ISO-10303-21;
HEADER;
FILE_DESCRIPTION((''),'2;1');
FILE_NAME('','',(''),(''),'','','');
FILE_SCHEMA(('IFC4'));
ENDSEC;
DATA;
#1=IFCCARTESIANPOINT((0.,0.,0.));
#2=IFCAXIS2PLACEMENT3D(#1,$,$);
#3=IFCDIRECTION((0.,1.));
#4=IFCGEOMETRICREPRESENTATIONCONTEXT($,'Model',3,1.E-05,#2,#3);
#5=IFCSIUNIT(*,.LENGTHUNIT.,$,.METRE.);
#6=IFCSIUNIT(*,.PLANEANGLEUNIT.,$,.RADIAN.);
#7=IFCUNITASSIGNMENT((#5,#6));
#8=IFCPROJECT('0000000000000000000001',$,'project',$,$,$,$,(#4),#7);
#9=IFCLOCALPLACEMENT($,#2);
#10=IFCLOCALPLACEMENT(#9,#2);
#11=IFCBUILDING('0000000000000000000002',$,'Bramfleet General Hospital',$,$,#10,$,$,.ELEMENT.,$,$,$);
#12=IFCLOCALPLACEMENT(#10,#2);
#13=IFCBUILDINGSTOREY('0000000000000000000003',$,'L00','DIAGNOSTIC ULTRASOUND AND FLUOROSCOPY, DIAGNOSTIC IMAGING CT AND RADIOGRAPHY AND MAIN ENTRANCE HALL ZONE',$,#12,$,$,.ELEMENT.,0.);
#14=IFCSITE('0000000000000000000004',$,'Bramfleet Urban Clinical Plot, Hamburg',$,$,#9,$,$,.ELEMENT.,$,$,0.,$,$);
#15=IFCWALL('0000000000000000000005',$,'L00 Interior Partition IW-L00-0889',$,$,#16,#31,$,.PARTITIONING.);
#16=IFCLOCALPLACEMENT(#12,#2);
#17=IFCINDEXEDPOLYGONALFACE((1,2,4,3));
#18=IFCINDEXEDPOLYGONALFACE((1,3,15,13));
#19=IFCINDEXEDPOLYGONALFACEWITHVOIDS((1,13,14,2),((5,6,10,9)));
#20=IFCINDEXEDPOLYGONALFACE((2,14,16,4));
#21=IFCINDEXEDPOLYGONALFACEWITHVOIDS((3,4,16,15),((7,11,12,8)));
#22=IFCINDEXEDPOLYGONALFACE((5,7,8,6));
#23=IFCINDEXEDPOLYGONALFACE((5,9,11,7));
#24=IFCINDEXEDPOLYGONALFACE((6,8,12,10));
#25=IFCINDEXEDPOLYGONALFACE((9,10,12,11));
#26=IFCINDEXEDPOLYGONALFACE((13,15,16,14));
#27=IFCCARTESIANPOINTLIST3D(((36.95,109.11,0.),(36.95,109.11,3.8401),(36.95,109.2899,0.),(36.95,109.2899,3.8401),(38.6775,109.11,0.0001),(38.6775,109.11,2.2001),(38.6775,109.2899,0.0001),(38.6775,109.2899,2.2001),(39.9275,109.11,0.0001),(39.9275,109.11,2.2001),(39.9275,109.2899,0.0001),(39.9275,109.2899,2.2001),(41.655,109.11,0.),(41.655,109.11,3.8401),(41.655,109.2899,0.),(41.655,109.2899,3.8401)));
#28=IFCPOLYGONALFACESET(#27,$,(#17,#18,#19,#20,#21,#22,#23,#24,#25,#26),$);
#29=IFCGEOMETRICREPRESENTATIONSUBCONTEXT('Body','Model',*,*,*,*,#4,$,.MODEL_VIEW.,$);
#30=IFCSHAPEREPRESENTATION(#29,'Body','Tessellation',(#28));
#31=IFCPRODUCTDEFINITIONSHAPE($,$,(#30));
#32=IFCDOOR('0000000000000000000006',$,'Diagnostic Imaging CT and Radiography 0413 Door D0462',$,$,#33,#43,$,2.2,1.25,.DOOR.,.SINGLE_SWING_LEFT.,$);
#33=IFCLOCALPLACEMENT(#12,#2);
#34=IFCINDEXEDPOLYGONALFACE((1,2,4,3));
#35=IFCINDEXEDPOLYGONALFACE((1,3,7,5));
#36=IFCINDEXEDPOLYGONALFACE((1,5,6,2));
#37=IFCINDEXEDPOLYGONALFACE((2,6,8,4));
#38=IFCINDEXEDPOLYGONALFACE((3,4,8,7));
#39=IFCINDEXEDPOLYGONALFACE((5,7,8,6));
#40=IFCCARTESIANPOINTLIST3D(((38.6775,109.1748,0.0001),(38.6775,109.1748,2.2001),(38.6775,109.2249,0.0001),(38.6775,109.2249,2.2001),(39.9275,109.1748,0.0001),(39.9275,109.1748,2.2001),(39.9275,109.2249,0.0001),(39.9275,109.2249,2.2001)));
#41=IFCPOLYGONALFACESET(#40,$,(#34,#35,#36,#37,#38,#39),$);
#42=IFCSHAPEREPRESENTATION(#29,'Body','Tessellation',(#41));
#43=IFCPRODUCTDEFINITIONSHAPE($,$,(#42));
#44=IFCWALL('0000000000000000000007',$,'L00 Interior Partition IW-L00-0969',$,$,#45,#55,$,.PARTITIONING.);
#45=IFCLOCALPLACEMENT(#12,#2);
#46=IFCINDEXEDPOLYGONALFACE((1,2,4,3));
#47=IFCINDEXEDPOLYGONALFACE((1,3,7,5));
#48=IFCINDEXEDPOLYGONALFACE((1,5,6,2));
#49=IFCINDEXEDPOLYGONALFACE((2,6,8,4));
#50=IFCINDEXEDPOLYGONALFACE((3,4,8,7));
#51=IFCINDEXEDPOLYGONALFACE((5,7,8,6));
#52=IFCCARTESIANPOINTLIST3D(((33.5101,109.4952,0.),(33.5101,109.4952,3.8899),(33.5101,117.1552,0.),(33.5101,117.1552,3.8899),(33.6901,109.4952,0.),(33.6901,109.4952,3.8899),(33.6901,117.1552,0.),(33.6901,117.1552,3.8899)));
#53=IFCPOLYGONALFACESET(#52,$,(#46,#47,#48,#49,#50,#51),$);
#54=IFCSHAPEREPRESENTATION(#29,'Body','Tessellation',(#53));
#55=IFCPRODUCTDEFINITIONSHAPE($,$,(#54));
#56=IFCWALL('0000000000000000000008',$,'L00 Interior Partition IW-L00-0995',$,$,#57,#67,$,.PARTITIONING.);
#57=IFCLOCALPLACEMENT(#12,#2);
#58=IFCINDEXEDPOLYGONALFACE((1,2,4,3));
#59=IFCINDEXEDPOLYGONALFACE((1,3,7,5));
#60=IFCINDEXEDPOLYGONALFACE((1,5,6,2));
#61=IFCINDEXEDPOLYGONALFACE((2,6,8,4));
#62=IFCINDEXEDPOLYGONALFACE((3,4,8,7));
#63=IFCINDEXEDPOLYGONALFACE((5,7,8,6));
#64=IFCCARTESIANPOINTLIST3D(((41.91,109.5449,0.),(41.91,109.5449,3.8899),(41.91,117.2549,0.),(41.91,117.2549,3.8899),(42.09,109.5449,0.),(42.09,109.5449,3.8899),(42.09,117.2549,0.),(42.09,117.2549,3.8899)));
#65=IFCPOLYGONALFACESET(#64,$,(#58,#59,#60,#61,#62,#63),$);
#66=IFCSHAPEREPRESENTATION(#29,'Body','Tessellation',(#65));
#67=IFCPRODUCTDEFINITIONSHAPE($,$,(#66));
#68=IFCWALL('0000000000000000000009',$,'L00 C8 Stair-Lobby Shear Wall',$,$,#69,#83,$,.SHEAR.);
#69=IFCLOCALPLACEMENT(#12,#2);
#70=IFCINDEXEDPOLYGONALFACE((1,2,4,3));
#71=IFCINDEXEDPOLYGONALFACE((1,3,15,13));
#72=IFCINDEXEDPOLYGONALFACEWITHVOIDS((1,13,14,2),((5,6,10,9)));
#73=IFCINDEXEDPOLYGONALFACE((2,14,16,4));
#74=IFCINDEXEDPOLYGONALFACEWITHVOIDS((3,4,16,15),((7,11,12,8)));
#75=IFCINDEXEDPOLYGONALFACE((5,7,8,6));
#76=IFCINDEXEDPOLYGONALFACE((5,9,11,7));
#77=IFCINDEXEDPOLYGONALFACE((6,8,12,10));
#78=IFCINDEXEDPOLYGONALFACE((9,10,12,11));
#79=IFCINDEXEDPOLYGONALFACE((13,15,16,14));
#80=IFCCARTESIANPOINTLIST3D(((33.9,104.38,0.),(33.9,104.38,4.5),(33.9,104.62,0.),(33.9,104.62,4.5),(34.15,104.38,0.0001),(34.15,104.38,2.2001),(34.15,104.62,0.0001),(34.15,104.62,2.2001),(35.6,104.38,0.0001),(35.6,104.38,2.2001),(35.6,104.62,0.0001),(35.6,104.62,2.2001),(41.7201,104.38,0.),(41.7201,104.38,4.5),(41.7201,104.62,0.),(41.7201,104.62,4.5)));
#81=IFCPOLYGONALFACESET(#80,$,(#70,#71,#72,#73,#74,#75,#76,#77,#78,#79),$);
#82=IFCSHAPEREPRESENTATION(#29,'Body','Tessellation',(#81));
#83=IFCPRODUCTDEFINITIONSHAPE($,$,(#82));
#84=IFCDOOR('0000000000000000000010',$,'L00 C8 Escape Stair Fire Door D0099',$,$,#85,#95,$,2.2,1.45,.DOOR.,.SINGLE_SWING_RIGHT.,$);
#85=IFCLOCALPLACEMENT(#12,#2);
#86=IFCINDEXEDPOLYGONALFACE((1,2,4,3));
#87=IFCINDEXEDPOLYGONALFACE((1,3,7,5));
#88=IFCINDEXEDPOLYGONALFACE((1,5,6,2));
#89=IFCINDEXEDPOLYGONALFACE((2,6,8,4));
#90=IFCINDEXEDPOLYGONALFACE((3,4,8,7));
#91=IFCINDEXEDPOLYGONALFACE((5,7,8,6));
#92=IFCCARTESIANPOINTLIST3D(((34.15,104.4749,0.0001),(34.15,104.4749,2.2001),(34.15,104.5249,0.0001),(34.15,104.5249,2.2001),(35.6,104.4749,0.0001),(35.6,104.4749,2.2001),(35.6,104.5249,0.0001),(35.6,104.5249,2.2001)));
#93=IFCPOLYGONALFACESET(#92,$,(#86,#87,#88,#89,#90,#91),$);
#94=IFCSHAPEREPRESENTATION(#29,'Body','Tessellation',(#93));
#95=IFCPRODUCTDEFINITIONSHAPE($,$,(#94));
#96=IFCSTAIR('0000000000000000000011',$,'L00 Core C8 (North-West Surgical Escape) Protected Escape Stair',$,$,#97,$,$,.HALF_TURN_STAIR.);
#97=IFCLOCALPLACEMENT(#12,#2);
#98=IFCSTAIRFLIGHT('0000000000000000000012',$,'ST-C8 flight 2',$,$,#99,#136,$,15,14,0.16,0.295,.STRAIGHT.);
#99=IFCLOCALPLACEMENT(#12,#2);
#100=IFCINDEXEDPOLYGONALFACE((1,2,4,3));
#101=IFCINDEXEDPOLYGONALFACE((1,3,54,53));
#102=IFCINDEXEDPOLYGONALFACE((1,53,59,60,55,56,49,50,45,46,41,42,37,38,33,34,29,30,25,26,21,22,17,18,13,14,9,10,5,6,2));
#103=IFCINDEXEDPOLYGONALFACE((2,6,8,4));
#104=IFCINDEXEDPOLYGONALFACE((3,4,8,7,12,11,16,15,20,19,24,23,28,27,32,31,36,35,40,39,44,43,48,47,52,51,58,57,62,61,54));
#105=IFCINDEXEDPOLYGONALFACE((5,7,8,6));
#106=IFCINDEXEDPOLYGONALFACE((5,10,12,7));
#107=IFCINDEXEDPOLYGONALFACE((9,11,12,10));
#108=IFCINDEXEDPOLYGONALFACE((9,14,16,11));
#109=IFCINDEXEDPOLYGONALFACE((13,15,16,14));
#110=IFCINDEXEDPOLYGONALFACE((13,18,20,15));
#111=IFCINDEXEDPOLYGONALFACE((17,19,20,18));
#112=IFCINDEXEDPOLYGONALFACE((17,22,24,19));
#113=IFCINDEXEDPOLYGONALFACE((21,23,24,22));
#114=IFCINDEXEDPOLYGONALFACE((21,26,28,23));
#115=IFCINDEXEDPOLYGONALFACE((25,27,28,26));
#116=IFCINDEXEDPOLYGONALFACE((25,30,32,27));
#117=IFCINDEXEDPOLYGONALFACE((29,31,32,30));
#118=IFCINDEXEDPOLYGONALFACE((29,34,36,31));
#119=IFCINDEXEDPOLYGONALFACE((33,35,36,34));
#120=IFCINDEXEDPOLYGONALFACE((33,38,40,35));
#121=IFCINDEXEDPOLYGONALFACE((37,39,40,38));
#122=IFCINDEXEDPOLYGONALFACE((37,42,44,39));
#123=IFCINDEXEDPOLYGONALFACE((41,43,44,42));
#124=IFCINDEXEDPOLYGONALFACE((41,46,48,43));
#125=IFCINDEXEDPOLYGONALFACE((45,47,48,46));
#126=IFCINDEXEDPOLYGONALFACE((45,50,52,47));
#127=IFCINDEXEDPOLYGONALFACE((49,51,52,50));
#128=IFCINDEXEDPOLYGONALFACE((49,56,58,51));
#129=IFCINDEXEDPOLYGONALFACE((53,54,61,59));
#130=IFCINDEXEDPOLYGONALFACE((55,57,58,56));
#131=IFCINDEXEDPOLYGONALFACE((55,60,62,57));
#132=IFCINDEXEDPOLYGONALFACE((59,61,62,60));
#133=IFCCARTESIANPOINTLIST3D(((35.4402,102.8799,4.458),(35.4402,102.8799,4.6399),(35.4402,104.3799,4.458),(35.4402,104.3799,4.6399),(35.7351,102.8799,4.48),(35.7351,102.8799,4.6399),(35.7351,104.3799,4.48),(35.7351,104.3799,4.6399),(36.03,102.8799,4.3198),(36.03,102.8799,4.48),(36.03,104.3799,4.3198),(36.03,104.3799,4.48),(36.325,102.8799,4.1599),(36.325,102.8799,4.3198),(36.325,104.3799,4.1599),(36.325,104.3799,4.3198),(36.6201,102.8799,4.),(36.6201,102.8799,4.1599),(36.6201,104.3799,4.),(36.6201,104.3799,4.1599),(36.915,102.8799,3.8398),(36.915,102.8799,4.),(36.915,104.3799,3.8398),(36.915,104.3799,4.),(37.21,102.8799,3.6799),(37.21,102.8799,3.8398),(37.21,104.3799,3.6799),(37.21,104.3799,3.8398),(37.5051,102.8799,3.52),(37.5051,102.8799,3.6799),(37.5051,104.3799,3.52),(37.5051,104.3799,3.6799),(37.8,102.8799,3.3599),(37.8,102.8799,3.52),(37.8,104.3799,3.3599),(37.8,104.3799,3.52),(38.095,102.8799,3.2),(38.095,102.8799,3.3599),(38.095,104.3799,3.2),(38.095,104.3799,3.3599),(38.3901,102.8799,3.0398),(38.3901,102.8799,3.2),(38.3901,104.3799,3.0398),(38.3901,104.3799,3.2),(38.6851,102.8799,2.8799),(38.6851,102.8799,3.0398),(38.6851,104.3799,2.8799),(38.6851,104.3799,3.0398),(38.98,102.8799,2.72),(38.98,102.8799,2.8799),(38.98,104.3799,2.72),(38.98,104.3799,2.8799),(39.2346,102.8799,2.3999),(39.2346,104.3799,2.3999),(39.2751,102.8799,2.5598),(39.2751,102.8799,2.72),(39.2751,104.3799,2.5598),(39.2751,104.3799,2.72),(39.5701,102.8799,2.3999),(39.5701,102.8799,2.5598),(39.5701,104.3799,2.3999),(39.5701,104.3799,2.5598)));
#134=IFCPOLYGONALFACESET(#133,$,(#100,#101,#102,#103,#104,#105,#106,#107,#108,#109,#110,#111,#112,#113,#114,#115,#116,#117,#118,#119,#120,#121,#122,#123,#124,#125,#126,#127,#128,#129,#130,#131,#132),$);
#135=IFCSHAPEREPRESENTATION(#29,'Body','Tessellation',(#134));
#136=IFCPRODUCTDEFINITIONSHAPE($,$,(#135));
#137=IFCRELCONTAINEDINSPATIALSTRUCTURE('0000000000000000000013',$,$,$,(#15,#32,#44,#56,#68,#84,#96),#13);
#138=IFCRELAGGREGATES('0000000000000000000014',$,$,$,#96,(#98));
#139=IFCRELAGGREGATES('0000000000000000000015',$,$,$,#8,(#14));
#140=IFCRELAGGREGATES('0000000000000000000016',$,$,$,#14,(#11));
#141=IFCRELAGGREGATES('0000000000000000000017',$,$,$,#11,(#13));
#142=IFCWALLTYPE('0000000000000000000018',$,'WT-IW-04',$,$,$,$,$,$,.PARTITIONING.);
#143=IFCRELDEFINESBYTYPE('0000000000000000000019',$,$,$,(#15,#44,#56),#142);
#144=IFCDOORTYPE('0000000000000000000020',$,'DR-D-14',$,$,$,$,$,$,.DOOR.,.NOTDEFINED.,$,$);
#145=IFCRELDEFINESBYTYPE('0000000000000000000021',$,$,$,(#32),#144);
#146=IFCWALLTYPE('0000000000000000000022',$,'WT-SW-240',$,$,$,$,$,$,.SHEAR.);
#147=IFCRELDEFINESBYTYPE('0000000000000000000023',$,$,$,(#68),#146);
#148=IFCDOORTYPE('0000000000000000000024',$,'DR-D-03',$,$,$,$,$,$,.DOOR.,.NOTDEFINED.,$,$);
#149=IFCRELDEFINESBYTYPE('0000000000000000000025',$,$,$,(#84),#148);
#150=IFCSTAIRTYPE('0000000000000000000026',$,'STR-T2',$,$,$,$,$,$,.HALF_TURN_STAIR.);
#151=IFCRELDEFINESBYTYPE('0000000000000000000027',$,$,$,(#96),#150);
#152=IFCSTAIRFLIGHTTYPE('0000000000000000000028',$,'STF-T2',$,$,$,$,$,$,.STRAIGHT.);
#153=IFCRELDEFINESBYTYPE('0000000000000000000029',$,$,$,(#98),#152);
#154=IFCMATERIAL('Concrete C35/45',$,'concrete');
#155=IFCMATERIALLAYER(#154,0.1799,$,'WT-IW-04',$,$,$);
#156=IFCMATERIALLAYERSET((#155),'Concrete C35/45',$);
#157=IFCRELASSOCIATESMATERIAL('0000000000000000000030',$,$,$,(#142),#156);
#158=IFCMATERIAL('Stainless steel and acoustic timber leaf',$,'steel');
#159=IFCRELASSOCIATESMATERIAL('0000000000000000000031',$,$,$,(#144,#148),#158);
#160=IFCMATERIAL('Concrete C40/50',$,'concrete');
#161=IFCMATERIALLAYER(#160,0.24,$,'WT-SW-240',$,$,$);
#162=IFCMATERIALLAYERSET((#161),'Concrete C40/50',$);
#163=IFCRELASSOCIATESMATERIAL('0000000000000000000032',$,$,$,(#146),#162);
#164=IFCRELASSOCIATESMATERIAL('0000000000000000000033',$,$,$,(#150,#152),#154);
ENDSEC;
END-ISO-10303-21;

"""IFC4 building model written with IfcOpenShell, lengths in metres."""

from ifc_helpers import new_model, si_unit, direction, frame, frame_2d, origin, place, context, subcontext, project, spatial, polyline, rectangle, outline, extrude, material, layer, layer_set, type_object, element, fill, aggregate, save


model = new_model("IFC4")

# Units and contexts
model_context = context("Model", 3, precision=1e-05, world=origin(), true_north=direction((0.0, 1.0)))
body_context = subcontext(model_context, "Body", "Model", "MODEL_VIEW")
ifc_project = project(units=[si_unit("LENGTHUNIT", "METRE"), si_unit("PLANEANGLEUNIT", "RADIAN")], contexts=[model_context])

# Site, building, storey
site_placement = place(None, origin())
site = spatial("IfcSite", under=ifc_project, at=site_placement, Name="Bramfleet Urban Clinical Plot, Hamburg", CompositionType="ELEMENT", RefElevation=0.0)
building_placement = place(site_placement, origin())
building = spatial("IfcBuilding", under=site, at=building_placement, Name="Bramfleet General Hospital", CompositionType="ELEMENT")
storey_placement = place(building_placement, origin())
storey = spatial("IfcBuildingStorey", under=building, at=storey_placement, Name="L00", Description="DIAGNOSTIC ULTRASOUND AND FLUOROSCOPY, DIAGNOSTIC IMAGING CT AND RADIOGRAPHY AND MAIN ENTRANCE HALL ZONE", CompositionType="ELEMENT", Elevation=0.0)

# Shared definitions
ifc_material_1 = material(Name="Concrete C40/50", Category="concrete")

# Shared definitions
ifc_material_2 = material(Name="Concrete C35/45", Category="concrete")

# Wall, opening, door
ifc_material_3 = material(Name="Stainless steel and acoustic timber leaf", Category="steel")
ifc_layer_1 = layer(ifc_material_2, 0.1799, Name="WT-IW-04")
ifc_layer_set_1 = layer_set([ifc_layer_1], Name="Concrete C35/45")
wall_type_1 = type_object("IfcWallType", Name="WT-IW-04", PredefinedType="PARTITIONING", material=ifc_layer_set_1)
wall_1_placement = place(storey_placement, frame((36.95, 109.2, 0.0), z_axis=(0.0, 0.0, 1.0), x_axis=(1.0, 0.0, 0.0)))
wall_1 = element("IfcWall", 1, at=wall_1_placement, inside=storey, type_object=wall_type_1, Name="L00 Interior Partition IW-L00-0889", PredefinedType="PARTITIONING", context=body_context, shape_type="SweptSolid", body=[
    extrude(rectangle(XDim=4.7051, YDim=0.1799, at=frame_2d((2.3525, 0.0))), origin(), (0.0, 0.0, 1.0), 3.8401),
])
opening_1_placement = place(wall_1_placement, frame((1.7275, 0.0, 0.0)))
opening_1 = element("IfcOpeningElement", 2, at=opening_1_placement, cuts=wall_1, PredefinedType="OPENING", context=body_context, shape_type="SweptSolid", body=[
    extrude(rectangle(XDim=1.25, YDim=2.2, at=frame_2d((0.625, 1.1001))), frame((0.0, 0.0999, 0.0), z_axis=(0.0, -1.0, 0.0), x_axis=(1.0, 0.0, 0.0)), (0.0, 0.0, 1.0), 0.2),
])
door_type_1 = type_object("IfcDoorType", Name="DR-D-14", OperationType="NOTDEFINED", PredefinedType="DOOR", material=ifc_material_3)
door_1_placement = place(opening_1_placement, origin())
door_1 = element("IfcDoor", 3, at=door_1_placement, inside=storey, type_object=door_type_1, Name="Diagnostic Imaging CT and Radiography 0413 Door D0462", OperationType="SINGLE_SWING_LEFT", OverallHeight=2.2, OverallWidth=1.25, PredefinedType="DOOR", context=body_context, shape_type="SweptSolid", body=[
    extrude(rectangle(XDim=1.25, YDim=2.2, at=frame_2d((0.625, 1.1001))), frame((0.0, 0.0249, 0.0), z_axis=(0.0, -1.0, 0.0), x_axis=(1.0, 0.0, 0.0)), (0.0, 0.0, 1.0), 0.05),
])
fill(opening_1, door_1)

# Walls
wall_2_placement = place(storey_placement, frame((33.6001, 109.4951, 0.0), z_axis=(0.0, 0.0, 1.0), x_axis=(0.0, 1.0, 0.0)))
element("IfcWall", 4, at=wall_2_placement, inside=storey, type_object=wall_type_1, Name="L00 Interior Partition IW-L00-0969", PredefinedType="PARTITIONING", context=body_context, shape_type="SweptSolid", body=[
    extrude(rectangle(XDim=7.6599, YDim=0.1799, at=frame_2d((3.8301, 0.0))), origin(), (0.0, 0.0, 1.0), 3.8899),
])
wall_3_placement = place(storey_placement, frame((42.0, 109.5449, 0.0), z_axis=(0.0, 0.0, 1.0), x_axis=(0.0, 1.0, 0.0)))
element("IfcWall", 5, at=wall_3_placement, inside=storey, type_object=wall_type_1, Name="L00 Interior Partition IW-L00-0995", PredefinedType="PARTITIONING", context=body_context, shape_type="SweptSolid", body=[
    extrude(rectangle(XDim=7.71, YDim=0.1799, at=frame_2d((3.855, 0.0))), origin(), (0.0, 0.0, 1.0), 3.8899),
])

# Wall, opening, door
ifc_layer_2 = layer(ifc_material_1, 0.24, Name="WT-SW-240")
ifc_layer_set_2 = layer_set([ifc_layer_2], Name="Concrete C40/50")
wall_type_2 = type_object("IfcWallType", Name="WT-SW-240", PredefinedType="SHEAR", material=ifc_layer_set_2)
wall_4_placement = place(storey_placement, frame((33.8999, 104.5, 0.0), z_axis=(0.0, 0.0, 1.0), x_axis=(1.0, 0.0, 0.0)))
wall_4 = element("IfcWall", 6, at=wall_4_placement, inside=storey, type_object=wall_type_2, Name="L00 C8 Stair-Lobby Shear Wall", PredefinedType="SHEAR", context=body_context, shape_type="SweptSolid", body=[
    extrude(rectangle(XDim=7.8201, YDim=0.24, at=frame_2d((3.9102, 0.0))), origin(), (0.0, 0.0, 1.0), 4.5),
])
opening_2_placement = place(wall_4_placement, frame((0.25, 0.0, 0.0)))
opening_2 = element("IfcOpeningElement", 7, at=opening_2_placement, cuts=wall_4, PredefinedType="OPENING", context=body_context, shape_type="SweptSolid", body=[
    extrude(rectangle(XDim=1.45, YDim=2.2, at=frame_2d((0.7251, 1.1001))), frame((0.0, 0.1299, 0.0), z_axis=(0.0, -1.0, 0.0), x_axis=(1.0, 0.0, 0.0)), (0.0, 0.0, 1.0), 0.26),
])
door_type_2 = type_object("IfcDoorType", Name="DR-D-03", OperationType="NOTDEFINED", PredefinedType="DOOR", material=ifc_material_3)
door_2_placement = place(opening_2_placement, origin())
door_2 = element("IfcDoor", 8, at=door_2_placement, inside=storey, type_object=door_type_2, Name="L00 C8 Escape Stair Fire Door D0099", OperationType="SINGLE_SWING_RIGHT", OverallHeight=2.2, OverallWidth=1.45, PredefinedType="DOOR", context=body_context, shape_type="SweptSolid", body=[
    extrude(rectangle(XDim=1.45, YDim=2.2, at=frame_2d((0.7251, 1.1001))), frame((0.0, 0.0249, 0.0), z_axis=(0.0, -1.0, 0.0), x_axis=(1.0, 0.0, 0.0)), (0.0, 0.0, 1.0), 0.05),
])
fill(opening_2, door_2)

# Stair, stair flight
stair_type = type_object("IfcStairType", Name="STR-T2", PredefinedType="HALF_TURN_STAIR", material=ifc_material_2)
stair_placement = place(storey_placement, origin())
stair = element("IfcStair", 9, at=stair_placement, inside=storey, type_object=stair_type, Name="L00 Core C8 (North-West Surgical Escape) Protected Escape Stair", PredefinedType="HALF_TURN_STAIR")
stair_flight_type = type_object("IfcStairFlightType", Name="STF-T2", PredefinedType="STRAIGHT", material=ifc_material_2)
stair_flight_placement = place(storey_placement, frame((39.5701, 103.6299, 2.3999), z_axis=(0.0, 0.0, 1.0), x_axis=(-1.0, 0.0, 0.0)))
stair_flight = element("IfcStairFlight", 10, at=stair_flight_placement, type_object=stair_flight_type, Name="ST-C8 flight 2", NumberOfRisers=15, NumberOfTreads=14, PredefinedType="STRAIGHT", RiserHeight=0.16, TreadLength=0.295, context=body_context, shape_type="SweptSolid", body=[
    extrude(outline(polyline([(0.0, 0.0), (0.0, 0.1599), (0.2949, 0.1599), (0.2949, 0.3201), (0.5901, 0.3201), (0.5901, 0.48), (0.885, 0.48), (0.885, 0.6399), (1.1799, 0.6399), (1.1799, 0.8), (1.4751, 0.8), (1.4751, 0.96), (1.77, 0.96), (1.77, 1.1201), (2.0649, 1.1201), (2.0649, 1.28), (2.3601, 1.28), (2.3601, 1.4399), (2.655, 1.4399), (2.655, 1.6001), (2.95, 1.6001), (2.95, 1.76), (3.2451, 1.76), (3.2451, 1.9199), (3.54, 1.9199), (3.54, 2.0801), (3.835, 2.0801), (3.835, 2.24), (4.1299, 2.24), (4.1299, 2.3999), (4.1299, 2.0581), (0.3354, 0.0), (0.0, 0.0)])), frame((0.0, 0.75, 0.0), z_axis=(0.0, -1.0, 0.0), x_axis=(1.0, 0.0, 0.0)), (0.0, 0.0, 1.0), 1.5),
])
aggregate(stair, [stair_flight])

save(model, "model.ifc")
